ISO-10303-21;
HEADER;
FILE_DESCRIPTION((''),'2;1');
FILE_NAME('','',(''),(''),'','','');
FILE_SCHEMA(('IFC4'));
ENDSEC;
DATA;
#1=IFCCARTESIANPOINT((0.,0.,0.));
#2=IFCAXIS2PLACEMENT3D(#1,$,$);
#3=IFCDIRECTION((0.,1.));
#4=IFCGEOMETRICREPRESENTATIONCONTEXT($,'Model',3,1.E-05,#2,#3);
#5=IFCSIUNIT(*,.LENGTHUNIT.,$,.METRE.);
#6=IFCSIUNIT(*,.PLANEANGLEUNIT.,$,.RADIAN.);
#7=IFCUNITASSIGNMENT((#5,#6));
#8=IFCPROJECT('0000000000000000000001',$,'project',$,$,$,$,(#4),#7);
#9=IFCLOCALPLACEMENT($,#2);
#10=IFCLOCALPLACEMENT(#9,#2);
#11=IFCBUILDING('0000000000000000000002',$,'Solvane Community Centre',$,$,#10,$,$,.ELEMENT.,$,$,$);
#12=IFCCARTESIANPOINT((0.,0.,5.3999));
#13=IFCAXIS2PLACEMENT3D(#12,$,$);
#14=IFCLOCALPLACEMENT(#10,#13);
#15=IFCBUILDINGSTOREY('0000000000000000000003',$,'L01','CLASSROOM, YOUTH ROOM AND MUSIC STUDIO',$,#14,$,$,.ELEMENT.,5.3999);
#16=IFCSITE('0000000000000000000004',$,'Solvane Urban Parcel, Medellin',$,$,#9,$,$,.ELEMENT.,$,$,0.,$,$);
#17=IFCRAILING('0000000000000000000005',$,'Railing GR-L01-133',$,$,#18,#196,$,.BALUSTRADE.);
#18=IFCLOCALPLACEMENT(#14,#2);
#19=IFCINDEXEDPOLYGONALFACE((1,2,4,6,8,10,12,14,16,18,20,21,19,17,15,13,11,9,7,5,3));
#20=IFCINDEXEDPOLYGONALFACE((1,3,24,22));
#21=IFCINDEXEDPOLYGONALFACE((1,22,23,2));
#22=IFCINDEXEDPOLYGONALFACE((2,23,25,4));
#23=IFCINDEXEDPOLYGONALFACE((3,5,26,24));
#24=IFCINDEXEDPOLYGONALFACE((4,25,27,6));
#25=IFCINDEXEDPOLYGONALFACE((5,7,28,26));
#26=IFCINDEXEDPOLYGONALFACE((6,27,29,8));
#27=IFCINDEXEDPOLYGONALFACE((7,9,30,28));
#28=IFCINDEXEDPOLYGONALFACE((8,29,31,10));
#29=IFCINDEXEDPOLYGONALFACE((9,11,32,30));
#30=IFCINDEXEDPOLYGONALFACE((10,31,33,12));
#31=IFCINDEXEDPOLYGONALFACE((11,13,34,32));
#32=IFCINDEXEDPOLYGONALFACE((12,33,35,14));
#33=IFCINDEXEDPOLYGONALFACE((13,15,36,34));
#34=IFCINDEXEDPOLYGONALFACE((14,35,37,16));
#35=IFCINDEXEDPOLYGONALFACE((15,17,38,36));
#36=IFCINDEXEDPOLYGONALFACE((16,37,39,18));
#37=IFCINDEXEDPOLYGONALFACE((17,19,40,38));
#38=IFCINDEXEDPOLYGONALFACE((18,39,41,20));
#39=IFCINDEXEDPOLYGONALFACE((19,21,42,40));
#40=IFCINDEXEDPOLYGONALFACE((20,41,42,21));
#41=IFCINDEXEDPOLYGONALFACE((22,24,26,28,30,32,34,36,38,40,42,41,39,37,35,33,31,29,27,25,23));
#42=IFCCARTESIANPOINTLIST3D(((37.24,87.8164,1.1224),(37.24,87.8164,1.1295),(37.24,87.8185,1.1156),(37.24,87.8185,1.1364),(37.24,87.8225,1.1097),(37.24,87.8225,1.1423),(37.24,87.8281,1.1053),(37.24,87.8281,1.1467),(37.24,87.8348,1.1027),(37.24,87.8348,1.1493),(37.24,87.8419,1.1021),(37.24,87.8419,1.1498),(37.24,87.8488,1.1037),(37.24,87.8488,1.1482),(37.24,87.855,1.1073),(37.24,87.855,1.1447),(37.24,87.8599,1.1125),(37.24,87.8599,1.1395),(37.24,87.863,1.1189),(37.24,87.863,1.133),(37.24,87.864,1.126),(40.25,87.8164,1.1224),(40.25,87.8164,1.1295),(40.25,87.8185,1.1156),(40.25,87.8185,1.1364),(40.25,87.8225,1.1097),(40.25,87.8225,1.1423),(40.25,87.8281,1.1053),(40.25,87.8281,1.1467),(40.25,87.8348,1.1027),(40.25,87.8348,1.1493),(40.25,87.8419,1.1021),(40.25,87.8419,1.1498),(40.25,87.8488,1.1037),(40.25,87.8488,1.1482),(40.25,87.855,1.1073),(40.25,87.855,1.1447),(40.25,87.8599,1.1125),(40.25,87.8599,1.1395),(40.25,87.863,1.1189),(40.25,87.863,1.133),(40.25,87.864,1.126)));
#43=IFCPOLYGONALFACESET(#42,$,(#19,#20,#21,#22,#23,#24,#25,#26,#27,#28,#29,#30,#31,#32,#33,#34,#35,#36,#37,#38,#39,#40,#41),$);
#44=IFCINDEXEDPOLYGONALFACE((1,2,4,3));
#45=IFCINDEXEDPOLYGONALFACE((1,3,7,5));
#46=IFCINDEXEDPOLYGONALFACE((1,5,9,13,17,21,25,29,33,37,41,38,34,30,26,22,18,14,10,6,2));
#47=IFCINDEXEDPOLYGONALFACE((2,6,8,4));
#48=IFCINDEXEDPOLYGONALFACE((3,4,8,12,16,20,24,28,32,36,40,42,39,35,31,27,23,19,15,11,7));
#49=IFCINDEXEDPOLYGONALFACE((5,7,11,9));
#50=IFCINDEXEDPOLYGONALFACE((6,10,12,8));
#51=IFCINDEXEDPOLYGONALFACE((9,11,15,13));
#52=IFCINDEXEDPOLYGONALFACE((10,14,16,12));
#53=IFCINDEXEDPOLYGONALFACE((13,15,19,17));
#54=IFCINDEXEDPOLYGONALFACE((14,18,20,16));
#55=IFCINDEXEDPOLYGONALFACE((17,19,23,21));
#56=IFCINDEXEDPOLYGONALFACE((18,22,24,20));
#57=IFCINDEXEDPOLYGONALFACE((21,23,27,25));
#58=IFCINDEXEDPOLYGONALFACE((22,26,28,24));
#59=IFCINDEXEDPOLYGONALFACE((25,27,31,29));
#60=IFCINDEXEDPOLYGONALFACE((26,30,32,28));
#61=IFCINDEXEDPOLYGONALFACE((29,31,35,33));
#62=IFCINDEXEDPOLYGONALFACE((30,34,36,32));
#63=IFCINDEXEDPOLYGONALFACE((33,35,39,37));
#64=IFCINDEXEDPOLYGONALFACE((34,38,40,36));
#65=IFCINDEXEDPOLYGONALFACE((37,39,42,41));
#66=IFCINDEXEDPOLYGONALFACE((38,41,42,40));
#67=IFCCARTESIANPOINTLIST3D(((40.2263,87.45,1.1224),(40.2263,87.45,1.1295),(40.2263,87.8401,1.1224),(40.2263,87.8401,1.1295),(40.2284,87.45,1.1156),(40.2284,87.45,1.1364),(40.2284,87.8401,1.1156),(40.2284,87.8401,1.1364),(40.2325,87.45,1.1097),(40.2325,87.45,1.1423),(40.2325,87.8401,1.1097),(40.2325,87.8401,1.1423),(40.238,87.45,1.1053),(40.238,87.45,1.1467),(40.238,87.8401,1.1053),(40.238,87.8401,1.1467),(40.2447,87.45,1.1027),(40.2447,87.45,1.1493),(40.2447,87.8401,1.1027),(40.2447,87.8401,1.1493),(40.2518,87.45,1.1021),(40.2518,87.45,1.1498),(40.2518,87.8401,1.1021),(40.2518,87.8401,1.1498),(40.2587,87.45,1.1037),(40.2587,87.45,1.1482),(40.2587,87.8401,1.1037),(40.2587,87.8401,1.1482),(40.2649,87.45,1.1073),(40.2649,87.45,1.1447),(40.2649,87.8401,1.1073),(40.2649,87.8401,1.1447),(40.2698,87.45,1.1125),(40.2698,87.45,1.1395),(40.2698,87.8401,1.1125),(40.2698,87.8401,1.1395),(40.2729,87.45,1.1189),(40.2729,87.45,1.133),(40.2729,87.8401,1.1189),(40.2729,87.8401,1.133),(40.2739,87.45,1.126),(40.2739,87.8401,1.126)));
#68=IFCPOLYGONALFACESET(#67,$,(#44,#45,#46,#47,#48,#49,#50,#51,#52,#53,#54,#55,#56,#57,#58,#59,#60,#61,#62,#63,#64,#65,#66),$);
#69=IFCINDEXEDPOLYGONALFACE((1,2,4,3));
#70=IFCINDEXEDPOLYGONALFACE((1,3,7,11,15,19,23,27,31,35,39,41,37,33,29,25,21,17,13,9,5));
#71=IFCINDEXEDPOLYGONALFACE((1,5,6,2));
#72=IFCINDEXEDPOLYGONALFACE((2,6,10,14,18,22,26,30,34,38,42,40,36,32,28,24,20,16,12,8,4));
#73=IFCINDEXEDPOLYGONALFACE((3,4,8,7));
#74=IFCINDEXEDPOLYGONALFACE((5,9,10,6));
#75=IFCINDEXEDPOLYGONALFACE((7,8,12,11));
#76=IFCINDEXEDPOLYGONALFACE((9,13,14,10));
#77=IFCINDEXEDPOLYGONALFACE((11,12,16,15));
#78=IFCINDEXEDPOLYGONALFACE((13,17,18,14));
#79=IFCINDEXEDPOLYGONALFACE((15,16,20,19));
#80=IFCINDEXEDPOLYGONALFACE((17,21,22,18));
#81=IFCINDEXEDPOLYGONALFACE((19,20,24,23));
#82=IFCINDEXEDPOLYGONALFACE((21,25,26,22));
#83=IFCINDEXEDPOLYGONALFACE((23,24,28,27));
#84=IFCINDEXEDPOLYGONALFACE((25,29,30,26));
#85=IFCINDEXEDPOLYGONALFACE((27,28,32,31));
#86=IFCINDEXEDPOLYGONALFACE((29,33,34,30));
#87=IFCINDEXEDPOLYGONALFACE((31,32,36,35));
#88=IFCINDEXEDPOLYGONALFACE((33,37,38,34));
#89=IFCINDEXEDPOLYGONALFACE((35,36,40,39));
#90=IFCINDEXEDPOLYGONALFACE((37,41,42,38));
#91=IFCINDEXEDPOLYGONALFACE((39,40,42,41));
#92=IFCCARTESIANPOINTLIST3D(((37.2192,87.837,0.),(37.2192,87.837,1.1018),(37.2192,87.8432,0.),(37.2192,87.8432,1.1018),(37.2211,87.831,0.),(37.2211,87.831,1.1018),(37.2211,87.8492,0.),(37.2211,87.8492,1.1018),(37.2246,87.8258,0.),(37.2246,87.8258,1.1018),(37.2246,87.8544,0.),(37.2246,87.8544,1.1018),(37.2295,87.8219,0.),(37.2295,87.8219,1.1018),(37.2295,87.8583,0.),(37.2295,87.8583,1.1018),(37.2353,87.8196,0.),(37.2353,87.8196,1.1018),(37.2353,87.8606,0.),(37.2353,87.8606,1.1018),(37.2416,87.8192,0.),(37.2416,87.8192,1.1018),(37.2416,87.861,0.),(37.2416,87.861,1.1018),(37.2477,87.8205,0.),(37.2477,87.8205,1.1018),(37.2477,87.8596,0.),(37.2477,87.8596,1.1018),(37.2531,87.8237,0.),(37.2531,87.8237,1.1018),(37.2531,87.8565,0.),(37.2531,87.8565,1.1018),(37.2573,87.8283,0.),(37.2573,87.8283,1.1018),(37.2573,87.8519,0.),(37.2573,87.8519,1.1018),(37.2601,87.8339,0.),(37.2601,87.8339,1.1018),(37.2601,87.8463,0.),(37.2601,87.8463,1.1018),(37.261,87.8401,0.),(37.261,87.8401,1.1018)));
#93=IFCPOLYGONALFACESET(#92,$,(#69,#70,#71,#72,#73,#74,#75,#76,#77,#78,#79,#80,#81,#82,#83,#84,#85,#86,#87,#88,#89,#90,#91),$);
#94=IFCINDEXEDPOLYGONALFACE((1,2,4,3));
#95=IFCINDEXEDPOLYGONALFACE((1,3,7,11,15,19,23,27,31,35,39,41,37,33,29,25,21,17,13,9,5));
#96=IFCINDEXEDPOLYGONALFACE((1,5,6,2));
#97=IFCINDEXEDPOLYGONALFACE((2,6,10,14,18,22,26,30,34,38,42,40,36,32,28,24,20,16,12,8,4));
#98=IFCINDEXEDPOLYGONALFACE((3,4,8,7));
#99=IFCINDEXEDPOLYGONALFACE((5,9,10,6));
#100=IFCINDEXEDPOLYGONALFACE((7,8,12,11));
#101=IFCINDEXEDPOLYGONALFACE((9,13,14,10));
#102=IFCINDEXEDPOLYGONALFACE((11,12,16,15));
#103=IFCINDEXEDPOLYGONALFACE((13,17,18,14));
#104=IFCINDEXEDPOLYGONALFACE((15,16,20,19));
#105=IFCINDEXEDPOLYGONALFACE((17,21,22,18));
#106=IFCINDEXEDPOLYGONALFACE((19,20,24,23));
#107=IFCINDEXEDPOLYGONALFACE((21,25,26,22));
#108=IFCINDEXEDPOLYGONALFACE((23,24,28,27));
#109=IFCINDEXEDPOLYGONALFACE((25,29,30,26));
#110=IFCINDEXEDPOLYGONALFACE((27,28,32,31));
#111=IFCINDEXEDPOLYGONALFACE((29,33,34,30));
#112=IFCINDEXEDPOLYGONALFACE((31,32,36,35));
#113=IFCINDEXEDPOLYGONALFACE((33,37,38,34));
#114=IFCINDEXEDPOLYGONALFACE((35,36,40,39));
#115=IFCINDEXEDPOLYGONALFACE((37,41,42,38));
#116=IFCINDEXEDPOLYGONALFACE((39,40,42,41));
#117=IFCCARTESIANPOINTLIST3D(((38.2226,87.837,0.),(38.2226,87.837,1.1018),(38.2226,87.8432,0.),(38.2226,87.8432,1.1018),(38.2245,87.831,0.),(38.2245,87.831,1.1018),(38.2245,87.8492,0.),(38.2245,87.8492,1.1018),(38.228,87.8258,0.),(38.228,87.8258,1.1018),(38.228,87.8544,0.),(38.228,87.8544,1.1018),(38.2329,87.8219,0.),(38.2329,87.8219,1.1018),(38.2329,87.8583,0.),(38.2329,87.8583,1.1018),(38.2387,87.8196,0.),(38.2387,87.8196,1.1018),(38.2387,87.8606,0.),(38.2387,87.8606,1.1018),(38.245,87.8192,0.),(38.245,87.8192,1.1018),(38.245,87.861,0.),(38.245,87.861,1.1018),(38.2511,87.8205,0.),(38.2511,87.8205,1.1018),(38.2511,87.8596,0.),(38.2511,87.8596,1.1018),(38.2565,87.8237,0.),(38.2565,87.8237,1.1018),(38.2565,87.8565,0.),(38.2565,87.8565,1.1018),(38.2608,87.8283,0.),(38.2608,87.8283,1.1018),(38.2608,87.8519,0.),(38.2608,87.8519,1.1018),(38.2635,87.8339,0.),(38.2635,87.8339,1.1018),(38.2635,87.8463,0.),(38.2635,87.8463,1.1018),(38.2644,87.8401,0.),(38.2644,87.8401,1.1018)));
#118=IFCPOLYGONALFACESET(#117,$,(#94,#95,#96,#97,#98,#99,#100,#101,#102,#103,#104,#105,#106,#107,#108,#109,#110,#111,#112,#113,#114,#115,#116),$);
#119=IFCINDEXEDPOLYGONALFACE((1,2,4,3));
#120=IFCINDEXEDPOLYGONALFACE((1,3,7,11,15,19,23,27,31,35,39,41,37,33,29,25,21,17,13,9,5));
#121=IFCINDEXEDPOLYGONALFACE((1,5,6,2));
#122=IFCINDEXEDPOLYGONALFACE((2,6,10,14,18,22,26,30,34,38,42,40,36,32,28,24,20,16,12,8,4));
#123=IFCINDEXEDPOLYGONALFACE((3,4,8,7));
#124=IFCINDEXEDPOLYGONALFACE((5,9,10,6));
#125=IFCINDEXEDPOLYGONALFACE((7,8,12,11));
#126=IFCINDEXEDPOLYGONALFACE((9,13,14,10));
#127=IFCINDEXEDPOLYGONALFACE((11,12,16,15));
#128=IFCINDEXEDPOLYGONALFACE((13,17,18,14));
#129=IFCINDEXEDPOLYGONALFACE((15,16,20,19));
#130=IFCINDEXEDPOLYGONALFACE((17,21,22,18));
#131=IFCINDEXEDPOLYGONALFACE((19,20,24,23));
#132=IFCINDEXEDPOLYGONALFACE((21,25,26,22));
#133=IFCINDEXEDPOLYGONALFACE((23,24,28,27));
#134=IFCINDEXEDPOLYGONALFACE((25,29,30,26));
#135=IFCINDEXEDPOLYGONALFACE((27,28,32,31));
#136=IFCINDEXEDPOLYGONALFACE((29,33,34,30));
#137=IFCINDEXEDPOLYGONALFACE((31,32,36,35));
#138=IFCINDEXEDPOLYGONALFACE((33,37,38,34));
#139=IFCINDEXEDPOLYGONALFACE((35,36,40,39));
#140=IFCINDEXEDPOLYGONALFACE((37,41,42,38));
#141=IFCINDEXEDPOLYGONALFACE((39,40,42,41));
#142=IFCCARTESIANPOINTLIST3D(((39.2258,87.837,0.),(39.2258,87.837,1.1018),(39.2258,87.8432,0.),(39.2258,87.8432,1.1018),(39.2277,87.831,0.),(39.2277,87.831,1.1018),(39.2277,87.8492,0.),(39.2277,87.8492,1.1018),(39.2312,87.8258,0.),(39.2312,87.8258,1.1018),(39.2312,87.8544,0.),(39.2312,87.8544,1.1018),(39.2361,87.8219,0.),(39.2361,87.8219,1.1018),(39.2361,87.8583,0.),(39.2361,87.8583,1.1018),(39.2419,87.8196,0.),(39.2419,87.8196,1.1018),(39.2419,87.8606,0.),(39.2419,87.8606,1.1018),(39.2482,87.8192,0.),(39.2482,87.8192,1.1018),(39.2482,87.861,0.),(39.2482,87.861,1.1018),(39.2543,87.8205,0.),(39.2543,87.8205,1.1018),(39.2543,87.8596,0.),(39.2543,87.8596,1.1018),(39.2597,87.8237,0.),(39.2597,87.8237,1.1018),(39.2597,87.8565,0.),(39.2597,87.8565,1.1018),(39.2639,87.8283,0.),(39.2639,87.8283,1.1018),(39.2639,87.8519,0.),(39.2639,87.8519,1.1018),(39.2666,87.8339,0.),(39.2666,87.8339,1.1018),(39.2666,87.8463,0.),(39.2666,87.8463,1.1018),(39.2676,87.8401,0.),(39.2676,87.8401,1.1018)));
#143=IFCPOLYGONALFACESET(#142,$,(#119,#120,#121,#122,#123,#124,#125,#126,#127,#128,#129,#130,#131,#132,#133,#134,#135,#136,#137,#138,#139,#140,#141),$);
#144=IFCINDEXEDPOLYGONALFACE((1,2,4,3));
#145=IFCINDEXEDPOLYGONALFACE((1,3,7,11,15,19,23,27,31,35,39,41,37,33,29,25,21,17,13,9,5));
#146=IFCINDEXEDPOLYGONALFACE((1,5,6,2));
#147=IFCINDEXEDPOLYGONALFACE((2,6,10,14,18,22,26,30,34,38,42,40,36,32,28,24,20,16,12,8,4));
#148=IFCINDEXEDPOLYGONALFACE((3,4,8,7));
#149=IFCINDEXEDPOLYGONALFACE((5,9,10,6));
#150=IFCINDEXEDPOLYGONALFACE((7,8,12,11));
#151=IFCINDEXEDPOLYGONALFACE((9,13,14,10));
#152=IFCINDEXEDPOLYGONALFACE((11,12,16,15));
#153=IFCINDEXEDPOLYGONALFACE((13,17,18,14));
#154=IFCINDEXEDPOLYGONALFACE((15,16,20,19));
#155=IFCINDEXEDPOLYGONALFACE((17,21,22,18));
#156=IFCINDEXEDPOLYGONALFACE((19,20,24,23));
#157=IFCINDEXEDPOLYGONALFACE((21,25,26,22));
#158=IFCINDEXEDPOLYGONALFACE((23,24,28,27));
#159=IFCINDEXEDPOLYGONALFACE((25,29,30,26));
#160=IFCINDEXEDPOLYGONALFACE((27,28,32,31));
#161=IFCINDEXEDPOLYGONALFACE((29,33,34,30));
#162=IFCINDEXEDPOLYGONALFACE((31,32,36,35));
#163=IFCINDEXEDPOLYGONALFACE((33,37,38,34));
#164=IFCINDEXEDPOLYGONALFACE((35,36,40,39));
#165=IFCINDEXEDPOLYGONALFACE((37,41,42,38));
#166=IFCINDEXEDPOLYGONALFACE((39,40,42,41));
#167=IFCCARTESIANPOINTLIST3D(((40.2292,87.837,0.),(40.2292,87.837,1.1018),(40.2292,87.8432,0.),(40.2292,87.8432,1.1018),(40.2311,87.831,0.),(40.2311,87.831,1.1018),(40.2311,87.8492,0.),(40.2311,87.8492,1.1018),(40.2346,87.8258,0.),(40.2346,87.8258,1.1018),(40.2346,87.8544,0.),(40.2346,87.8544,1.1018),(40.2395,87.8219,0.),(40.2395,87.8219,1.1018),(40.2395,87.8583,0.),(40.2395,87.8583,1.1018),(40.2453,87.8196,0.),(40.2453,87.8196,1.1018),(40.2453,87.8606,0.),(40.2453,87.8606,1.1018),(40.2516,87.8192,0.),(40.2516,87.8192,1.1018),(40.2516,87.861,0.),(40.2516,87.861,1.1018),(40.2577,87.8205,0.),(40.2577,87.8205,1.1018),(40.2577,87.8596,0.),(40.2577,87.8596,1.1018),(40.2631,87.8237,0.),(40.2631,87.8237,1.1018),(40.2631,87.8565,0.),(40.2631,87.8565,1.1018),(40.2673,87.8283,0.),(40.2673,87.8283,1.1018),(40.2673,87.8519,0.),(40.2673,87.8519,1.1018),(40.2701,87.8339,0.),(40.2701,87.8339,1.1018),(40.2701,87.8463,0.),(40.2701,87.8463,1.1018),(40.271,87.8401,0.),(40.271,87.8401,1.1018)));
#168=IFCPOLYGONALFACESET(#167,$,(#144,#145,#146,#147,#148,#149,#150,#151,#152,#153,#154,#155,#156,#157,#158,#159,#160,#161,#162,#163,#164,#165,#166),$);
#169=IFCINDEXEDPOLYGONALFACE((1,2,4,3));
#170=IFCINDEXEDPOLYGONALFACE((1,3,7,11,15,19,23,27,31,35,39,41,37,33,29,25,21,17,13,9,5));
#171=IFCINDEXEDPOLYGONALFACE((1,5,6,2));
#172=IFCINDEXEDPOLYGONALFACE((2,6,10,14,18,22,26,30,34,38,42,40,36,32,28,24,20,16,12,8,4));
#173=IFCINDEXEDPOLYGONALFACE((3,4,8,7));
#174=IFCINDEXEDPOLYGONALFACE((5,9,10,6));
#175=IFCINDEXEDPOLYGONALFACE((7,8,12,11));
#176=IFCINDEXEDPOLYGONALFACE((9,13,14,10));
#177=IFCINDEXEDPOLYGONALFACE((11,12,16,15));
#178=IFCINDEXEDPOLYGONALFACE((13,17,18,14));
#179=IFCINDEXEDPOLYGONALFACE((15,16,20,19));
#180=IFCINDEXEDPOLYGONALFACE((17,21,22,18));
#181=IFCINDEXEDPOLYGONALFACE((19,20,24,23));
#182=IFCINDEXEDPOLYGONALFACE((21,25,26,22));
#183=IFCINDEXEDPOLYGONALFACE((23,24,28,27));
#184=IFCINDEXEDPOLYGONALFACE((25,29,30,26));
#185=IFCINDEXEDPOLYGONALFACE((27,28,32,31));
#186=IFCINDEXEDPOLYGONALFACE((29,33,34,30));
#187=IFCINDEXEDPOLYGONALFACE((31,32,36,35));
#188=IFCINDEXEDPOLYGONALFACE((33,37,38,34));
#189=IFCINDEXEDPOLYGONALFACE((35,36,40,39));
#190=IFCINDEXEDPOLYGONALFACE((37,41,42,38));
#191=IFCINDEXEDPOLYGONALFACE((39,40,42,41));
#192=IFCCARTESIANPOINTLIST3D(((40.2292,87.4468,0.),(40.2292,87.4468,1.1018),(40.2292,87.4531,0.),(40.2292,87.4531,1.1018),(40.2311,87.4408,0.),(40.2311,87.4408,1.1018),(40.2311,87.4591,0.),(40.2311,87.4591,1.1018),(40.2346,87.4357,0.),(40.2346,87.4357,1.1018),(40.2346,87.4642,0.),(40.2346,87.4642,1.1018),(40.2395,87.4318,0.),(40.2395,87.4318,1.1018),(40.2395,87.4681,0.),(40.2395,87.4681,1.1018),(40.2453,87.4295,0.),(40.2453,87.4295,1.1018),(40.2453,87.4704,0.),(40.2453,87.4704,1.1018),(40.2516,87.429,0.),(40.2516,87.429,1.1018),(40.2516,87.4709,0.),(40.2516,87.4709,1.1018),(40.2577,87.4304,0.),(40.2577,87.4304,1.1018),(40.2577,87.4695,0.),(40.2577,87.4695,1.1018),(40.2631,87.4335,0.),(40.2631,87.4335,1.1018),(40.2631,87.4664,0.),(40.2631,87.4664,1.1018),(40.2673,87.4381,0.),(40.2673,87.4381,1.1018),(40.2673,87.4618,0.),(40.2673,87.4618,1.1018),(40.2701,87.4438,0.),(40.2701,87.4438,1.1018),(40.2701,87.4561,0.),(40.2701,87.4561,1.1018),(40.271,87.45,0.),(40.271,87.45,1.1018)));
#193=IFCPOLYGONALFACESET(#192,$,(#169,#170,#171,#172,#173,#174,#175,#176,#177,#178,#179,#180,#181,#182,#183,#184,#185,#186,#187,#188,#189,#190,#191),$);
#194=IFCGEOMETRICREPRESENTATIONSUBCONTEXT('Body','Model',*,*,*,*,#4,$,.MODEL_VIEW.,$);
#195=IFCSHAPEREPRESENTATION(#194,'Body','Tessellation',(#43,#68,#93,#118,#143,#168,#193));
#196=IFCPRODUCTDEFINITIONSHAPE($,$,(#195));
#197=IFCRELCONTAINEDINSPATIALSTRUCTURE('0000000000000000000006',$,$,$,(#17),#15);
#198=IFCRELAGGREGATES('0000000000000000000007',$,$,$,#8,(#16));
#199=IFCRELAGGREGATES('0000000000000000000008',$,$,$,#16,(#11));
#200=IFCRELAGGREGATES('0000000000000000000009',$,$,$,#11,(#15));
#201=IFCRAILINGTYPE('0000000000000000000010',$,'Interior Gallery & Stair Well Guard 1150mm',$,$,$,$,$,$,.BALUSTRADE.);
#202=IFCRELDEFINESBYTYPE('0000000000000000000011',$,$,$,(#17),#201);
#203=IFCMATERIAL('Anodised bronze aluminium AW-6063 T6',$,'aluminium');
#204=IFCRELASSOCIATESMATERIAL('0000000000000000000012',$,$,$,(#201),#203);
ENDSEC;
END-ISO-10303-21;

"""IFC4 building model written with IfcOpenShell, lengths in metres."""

from ifc_helpers import new_model, si_unit, direction, frame, origin, origin_2d, place, context, subcontext, project, spatial, circle, extrude, material, type_object, element, save


model = new_model("IFC4")

# Units and contexts
model_context = context("Model", 3, precision=1e-05, world=origin(), true_north=direction((0.0, 1.0)))
body_context = subcontext(model_context, "Body", "Model", "MODEL_VIEW")
ifc_project = project(units=[si_unit("LENGTHUNIT", "METRE"), si_unit("PLANEANGLEUNIT", "RADIAN")], contexts=[model_context])

# Site, building, storey
site_placement = place(None, origin())
site = spatial("IfcSite", under=ifc_project, at=site_placement, Name="Solvane Urban Parcel, Medellin", CompositionType="ELEMENT", RefElevation=0.0)
building_placement = place(site_placement, origin())
building = spatial("IfcBuilding", under=site, at=building_placement, Name="Solvane Community Centre", CompositionType="ELEMENT")
storey_placement = place(building_placement, frame((0.0, 0.0, 5.3999)))
storey = spatial("IfcBuildingStorey", under=building, at=storey_placement, Name="L01", Description="CLASSROOM, YOUTH ROOM AND MUSIC STUDIO", CompositionType="ELEMENT", Elevation=5.3999)

# Shared definitions
ifc_material_1 = material(Name="Anodised bronze aluminium AW-6063 T6", Category="aluminium")

# Railing
railing_type_1 = type_object("IfcRailingType", Name="Interior Gallery & Stair Well Guard 1150mm", PredefinedType="BALUSTRADE", material=ifc_material_1)
railing_1_placement = place(storey_placement, frame((37.24, 87.8401, 0.0)))
element("IfcRailing", 1, at=railing_1_placement, inside=storey, type_object=railing_type_1, Name="Railing GR-L01-133", PredefinedType="BALUSTRADE", context=body_context, shape_type="SweptSolid", body=[
    extrude(circle(Radius=0.0239, at=origin_2d()), frame((0.0, 0.0, 1.126), z_axis=(1.0, 0.0, 0.0), x_axis=(0.0, 1.0, 0.0)), (0.0, 0.0, 1.0), 3.01),
    extrude(circle(Radius=0.0239, at=origin_2d()), frame((3.01, 0.0, 1.126), z_axis=(0.0, -1.0, 0.0), x_axis=(1.0, 0.0, 0.0)), (0.0, 0.0, 1.0), 0.3901),
    extrude(circle(Radius=0.021, at=origin_2d()), origin(), (0.0, 0.0, 1.0), 1.1018),
    extrude(circle(Radius=0.021, at=origin_2d()), frame((1.0034, 0.0, 0.0)), (0.0, 0.0, 1.0), 1.1018),
    extrude(circle(Radius=0.021, at=origin_2d()), frame((2.0066, 0.0, 0.0)), (0.0, 0.0, 1.0), 1.1018),
    extrude(circle(Radius=0.021, at=origin_2d()), frame((3.01, 0.0, 0.0)), (0.0, 0.0, 1.0), 1.1018),
    extrude(circle(Radius=0.021, at=origin_2d()), frame((3.01, -0.3901, 0.0)), (0.0, 0.0, 1.0), 1.1018),
])

save(model, "model.ifc")
